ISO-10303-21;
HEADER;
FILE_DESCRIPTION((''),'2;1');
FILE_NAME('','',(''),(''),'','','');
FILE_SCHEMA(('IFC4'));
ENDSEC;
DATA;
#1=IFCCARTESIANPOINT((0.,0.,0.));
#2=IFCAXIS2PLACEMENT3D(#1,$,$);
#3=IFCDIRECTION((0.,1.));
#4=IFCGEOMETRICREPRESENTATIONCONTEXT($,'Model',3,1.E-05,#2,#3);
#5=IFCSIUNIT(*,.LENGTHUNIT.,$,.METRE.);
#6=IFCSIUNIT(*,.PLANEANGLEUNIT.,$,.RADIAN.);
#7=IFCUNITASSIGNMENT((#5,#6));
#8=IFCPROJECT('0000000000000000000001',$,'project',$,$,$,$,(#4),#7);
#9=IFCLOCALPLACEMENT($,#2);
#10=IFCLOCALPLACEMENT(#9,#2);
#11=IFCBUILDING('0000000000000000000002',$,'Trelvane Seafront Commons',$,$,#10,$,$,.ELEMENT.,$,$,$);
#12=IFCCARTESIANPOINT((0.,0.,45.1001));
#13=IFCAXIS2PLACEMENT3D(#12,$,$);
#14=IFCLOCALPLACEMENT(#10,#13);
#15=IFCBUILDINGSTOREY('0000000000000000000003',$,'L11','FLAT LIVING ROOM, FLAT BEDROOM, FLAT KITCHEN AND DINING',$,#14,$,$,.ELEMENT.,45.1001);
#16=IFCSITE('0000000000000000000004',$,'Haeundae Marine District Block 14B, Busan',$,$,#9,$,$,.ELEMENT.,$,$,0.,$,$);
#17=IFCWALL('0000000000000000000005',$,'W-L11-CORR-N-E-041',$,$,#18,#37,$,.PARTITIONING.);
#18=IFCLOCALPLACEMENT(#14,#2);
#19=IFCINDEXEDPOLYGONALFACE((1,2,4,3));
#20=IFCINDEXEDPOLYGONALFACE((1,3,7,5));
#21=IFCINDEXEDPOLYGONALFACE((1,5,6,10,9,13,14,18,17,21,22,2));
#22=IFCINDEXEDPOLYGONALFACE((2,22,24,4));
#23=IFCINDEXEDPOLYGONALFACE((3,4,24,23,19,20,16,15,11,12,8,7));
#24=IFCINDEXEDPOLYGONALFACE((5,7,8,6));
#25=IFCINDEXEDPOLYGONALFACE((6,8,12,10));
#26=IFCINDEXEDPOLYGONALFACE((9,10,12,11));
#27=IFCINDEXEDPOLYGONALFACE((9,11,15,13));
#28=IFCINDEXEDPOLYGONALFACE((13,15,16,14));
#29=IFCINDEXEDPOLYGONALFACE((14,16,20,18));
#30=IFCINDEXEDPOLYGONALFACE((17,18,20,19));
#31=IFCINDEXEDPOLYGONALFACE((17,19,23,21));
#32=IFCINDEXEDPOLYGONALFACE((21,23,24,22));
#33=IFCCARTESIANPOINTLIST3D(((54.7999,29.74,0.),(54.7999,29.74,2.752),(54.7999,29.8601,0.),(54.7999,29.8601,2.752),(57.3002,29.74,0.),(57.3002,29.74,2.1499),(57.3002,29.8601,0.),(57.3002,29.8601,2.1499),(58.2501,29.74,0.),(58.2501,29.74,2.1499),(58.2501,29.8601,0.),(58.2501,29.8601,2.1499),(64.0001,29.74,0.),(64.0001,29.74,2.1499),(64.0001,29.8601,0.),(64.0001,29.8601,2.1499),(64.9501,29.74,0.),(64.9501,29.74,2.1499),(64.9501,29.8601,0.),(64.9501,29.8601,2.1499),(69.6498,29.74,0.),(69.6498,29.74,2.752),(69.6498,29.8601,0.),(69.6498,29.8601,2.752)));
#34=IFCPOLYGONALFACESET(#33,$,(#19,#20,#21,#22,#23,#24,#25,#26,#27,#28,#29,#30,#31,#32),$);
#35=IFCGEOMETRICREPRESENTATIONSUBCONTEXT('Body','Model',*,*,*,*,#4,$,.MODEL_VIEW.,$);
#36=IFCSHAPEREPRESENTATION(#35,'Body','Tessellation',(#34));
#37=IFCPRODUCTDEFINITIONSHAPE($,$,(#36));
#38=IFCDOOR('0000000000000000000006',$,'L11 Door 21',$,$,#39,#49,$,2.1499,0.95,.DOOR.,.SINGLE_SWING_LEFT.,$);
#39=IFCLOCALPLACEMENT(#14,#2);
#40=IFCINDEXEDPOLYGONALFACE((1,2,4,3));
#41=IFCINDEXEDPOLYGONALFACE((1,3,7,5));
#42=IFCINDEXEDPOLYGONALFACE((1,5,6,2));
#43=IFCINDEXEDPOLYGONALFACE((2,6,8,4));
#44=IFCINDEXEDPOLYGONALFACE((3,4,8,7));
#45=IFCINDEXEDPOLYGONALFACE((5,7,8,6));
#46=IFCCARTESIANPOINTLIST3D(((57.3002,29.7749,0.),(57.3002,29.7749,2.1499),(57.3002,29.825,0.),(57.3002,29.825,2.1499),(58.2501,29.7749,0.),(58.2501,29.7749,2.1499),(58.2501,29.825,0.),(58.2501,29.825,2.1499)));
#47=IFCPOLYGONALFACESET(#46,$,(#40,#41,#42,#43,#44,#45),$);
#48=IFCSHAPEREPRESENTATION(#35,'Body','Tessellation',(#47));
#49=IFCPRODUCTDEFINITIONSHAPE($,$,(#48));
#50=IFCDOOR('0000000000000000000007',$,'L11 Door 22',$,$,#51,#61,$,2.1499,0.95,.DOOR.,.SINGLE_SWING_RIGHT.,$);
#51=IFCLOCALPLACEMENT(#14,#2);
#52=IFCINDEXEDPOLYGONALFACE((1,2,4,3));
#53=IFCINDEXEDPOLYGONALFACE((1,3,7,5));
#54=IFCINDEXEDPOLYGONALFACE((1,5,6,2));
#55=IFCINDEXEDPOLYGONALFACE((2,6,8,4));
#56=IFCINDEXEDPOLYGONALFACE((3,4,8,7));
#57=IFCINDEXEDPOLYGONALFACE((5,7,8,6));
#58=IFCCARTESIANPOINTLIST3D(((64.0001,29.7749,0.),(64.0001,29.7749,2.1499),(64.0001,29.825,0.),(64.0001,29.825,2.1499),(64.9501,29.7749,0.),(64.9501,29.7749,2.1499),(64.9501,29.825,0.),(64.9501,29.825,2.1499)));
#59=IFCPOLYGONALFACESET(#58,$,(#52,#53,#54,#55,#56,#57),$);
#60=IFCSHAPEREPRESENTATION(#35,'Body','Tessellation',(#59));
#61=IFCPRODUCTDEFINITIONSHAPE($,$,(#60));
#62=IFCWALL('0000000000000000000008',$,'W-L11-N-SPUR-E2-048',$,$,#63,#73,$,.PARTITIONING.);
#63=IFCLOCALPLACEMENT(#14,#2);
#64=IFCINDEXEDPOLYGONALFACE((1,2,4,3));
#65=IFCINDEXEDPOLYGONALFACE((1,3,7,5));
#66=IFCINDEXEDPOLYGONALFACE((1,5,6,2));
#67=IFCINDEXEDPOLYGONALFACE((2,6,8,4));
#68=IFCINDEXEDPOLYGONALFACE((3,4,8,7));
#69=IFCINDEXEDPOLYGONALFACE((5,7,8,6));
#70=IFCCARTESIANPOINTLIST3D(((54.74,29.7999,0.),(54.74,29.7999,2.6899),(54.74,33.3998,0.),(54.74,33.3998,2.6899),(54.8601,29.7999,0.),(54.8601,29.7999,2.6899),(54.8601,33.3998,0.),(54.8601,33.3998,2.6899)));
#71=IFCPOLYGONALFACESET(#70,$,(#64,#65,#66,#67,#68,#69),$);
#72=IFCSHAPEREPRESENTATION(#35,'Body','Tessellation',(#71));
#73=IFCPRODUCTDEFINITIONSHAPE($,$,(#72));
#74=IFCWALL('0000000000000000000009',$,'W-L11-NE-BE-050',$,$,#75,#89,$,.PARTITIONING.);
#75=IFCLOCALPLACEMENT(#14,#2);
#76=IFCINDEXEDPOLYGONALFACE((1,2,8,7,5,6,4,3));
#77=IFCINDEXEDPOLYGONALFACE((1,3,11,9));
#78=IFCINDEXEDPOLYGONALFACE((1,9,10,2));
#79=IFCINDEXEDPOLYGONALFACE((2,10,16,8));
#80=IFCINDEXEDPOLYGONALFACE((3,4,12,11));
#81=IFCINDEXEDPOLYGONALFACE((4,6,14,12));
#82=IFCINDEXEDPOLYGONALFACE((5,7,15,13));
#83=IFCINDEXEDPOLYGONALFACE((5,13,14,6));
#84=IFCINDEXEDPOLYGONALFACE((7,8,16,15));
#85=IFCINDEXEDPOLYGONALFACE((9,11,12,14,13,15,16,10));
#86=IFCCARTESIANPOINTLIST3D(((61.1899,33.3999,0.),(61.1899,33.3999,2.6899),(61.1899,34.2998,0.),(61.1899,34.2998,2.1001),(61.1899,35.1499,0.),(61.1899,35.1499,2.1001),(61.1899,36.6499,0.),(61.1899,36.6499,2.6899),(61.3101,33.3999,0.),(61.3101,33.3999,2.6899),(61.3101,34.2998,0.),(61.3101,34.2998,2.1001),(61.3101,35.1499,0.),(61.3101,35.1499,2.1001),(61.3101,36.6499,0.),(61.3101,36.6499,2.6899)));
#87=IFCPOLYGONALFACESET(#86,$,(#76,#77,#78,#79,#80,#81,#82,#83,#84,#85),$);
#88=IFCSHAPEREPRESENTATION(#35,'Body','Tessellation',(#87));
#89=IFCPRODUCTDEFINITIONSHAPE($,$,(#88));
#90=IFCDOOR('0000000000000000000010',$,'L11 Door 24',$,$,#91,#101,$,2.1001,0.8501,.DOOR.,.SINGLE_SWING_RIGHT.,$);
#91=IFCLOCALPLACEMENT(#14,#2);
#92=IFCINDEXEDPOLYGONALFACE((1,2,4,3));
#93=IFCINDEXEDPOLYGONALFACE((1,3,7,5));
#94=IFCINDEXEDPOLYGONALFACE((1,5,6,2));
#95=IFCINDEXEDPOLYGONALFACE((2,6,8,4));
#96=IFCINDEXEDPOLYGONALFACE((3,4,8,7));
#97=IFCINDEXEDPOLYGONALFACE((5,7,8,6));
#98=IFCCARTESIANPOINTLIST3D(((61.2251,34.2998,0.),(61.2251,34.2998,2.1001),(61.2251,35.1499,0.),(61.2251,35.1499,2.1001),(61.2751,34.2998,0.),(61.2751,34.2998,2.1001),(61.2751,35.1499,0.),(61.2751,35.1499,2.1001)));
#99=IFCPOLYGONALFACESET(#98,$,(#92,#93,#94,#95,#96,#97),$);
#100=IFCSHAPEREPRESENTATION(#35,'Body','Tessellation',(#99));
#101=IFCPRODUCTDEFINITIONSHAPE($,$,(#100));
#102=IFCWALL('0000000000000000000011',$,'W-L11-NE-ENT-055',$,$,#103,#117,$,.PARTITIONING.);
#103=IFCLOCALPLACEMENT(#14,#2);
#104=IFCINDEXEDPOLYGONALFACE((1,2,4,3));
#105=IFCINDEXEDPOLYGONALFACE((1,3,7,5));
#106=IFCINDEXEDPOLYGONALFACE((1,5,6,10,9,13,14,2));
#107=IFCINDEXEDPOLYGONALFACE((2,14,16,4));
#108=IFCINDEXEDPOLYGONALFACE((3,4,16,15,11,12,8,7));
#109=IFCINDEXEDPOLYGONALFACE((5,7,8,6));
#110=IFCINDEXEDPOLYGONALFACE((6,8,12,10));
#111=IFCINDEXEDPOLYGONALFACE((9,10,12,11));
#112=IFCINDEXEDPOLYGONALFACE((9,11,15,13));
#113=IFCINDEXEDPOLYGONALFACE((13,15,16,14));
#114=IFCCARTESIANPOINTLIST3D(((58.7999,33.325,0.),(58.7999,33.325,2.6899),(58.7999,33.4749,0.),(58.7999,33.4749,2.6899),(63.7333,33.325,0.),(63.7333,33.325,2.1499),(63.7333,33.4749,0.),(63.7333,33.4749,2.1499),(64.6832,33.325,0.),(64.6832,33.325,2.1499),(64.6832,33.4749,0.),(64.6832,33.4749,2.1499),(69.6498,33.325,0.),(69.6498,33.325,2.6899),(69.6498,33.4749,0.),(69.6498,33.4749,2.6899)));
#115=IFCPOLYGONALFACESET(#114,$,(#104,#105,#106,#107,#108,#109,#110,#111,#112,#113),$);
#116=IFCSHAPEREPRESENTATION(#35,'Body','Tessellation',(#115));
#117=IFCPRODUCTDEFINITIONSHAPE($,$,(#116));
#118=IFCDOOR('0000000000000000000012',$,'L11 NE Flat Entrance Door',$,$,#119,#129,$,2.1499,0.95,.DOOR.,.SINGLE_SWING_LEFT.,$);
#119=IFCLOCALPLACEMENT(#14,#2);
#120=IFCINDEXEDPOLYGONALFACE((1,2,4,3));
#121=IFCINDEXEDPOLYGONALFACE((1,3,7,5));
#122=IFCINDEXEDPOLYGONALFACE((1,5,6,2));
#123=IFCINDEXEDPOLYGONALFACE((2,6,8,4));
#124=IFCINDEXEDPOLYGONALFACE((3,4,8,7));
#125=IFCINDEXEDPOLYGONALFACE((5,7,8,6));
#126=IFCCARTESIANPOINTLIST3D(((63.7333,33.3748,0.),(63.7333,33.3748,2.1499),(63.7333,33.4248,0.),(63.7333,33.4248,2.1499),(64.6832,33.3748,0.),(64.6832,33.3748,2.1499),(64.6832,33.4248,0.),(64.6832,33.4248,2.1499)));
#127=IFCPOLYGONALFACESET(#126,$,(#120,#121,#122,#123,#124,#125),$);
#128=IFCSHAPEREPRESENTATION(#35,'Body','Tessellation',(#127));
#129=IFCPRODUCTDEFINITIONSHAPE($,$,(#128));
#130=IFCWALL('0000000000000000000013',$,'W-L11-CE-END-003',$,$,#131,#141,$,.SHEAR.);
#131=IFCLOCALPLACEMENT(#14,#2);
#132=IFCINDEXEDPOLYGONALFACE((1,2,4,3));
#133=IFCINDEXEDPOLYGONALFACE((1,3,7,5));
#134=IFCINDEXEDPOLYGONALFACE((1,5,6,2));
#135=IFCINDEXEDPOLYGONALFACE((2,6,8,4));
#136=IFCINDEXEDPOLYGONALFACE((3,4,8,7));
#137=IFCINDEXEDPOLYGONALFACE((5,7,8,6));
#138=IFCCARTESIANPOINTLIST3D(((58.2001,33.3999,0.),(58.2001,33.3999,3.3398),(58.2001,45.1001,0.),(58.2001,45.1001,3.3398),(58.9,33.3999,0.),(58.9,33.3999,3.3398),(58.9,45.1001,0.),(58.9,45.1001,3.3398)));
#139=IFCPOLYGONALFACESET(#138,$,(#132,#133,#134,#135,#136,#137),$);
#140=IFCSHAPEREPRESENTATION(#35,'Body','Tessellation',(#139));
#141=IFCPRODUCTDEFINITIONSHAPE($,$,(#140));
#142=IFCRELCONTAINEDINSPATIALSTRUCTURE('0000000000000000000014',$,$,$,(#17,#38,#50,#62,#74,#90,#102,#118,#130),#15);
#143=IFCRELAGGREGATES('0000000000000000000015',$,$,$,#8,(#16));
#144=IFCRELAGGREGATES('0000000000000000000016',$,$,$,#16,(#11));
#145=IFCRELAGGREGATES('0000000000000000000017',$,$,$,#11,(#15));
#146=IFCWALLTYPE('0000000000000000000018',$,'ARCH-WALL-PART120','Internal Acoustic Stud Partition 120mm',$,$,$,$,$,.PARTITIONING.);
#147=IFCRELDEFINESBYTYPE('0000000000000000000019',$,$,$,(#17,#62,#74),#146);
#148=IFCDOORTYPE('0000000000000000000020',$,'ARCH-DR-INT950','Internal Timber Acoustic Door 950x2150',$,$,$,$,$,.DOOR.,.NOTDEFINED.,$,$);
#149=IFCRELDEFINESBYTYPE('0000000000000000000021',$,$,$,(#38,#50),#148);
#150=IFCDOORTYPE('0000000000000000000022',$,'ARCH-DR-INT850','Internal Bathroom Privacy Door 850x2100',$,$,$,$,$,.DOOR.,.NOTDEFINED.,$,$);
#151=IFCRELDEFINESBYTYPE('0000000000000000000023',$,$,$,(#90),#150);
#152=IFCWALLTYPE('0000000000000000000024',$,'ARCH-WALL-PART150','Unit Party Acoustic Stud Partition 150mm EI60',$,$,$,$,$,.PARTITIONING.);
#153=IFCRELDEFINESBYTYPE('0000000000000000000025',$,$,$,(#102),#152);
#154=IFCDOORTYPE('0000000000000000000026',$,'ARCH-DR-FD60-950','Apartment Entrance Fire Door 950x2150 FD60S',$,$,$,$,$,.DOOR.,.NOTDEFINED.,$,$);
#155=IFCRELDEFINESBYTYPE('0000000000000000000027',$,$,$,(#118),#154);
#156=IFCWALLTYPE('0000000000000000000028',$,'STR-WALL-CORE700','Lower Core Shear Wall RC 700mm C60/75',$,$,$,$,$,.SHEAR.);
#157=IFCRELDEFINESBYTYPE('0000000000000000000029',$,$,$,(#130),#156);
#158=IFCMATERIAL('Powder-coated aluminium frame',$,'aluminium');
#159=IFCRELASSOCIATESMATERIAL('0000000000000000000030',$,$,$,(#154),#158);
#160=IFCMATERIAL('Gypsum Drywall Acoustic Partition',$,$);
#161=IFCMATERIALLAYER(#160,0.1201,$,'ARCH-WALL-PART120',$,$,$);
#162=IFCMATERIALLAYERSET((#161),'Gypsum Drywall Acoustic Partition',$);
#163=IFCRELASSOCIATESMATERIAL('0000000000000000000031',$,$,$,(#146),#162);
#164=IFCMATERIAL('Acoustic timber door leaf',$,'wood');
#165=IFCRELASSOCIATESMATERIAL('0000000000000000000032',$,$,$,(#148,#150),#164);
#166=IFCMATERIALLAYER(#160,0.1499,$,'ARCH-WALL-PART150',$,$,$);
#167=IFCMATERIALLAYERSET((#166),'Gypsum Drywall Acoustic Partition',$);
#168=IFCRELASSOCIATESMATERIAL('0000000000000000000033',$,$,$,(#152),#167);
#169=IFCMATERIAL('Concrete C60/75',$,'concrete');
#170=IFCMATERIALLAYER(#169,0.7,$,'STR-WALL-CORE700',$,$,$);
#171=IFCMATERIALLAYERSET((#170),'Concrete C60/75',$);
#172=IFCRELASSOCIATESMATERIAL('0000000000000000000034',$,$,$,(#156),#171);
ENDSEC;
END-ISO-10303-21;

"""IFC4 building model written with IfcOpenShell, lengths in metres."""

from ifc_helpers import new_model, si_unit, direction, frame, frame_2d, origin, place, context, subcontext, project, spatial, rectangle, extrude, source, transform, mapped, material, layer, layer_set, type_object, element, fill, save


model = new_model("IFC4")

# Units and contexts
model_context = context("Model", 3, precision=1e-05, world=origin(), true_north=direction((0.0, 1.0)))
body_context = subcontext(model_context, "Body", "Model", "MODEL_VIEW")
ifc_project = project(units=[si_unit("LENGTHUNIT", "METRE"), si_unit("PLANEANGLEUNIT", "RADIAN")], contexts=[model_context])

# Site, building, storey
site_placement = place(None, origin())
site = spatial("IfcSite", under=ifc_project, at=site_placement, Name="Haeundae Marine District Block 14B, Busan", CompositionType="ELEMENT", RefElevation=0.0)
building_placement = place(site_placement, origin())
building = spatial("IfcBuilding", under=site, at=building_placement, Name="Trelvane Seafront Commons", CompositionType="ELEMENT")
storey_placement = place(building_placement, frame((0.0, 0.0, 45.1001)))
storey = spatial("IfcBuildingStorey", under=building, at=storey_placement, Name="L11", Description="FLAT LIVING ROOM, FLAT BEDROOM, FLAT KITCHEN AND DINING", CompositionType="ELEMENT", Elevation=45.1001)

# Shared definitions
ifc_material_1 = material(Name="Concrete C60/75", Category="concrete")

# Shared definitions
ifc_material_2 = material(Name="Powder-coated aluminium frame", Category="aluminium")
door_type_1 = type_object("IfcDoorType", Name="ARCH-DR-FD60-950", Description="Apartment Entrance Fire Door 950x2150 FD60S", OperationType="NOTDEFINED", PredefinedType="DOOR", material=ifc_material_2)
shared_shape_1 = source(origin(), body_context, "Body", "SweptSolid", [
    extrude(rectangle(XDim=0.95, YDim=2.1499, at=frame_2d((0.4751, 1.075))), frame((0.0, 0.0249, 0.0), z_axis=(0.0, -1.0, 0.0), x_axis=(1.0, 0.0, 0.0)), (0.0, 0.0, 1.0), 0.05),
])

# Wall, openings, doors
ifc_material_3 = material(Name="Gypsum Drywall Acoustic Partition")
ifc_layer_1 = layer(ifc_material_3, 0.1201, Name="ARCH-WALL-PART120")
ifc_layer_set_1 = layer_set([ifc_layer_1], Name="Gypsum Drywall Acoustic Partition")
wall_type_1 = type_object("IfcWallType", Name="ARCH-WALL-PART120", Description="Internal Acoustic Stud Partition 120mm", PredefinedType="PARTITIONING", material=ifc_layer_set_1)
wall_1_placement = place(storey_placement, frame((54.8, 29.8, 0.0), z_axis=(0.0, 0.0, 1.0), x_axis=(1.0, 0.0, 0.0)))
wall_1 = element("IfcWall", 1, at=wall_1_placement, inside=storey, type_object=wall_type_1, Name="W-L11-CORR-N-E-041", PredefinedType="PARTITIONING", context=body_context, shape_type="SweptSolid", body=[
    extrude(rectangle(XDim=14.8499, YDim=0.1201, at=frame_2d((7.4248, 0.0))), origin(), (0.0, 0.0, 1.0), 2.752),
])
opening_1_placement = place(wall_1_placement, frame((2.5, 0.0, 0.0)))
opening_1 = element("IfcOpeningElement", 2, at=opening_1_placement, cuts=wall_1, PredefinedType="OPENING", context=body_context, shape_type="SweptSolid", body=[
    extrude(rectangle(XDim=0.95, YDim=2.1499, at=frame_2d((0.4751, 1.075))), frame((0.0, 0.0701, 0.0), z_axis=(0.0, -1.0, 0.0), x_axis=(1.0, 0.0, 0.0)), (0.0, 0.0, 1.0), 0.1401),
])
opening_2_placement = place(wall_1_placement, frame((9.2, 0.0, 0.0)))
opening_2 = element("IfcOpeningElement", 3, at=opening_2_placement, cuts=wall_1, PredefinedType="OPENING", context=body_context, shape_type="SweptSolid", body=[
    extrude(rectangle(XDim=0.95, YDim=2.1499, at=frame_2d((0.4751, 1.075))), frame((0.0, 0.0701, 0.0), z_axis=(0.0, -1.0, 0.0), x_axis=(1.0, 0.0, 0.0)), (0.0, 0.0, 1.0), 0.1401),
])
ifc_material_4 = material(Name="Acoustic timber door leaf", Category="wood")
door_type_2 = type_object("IfcDoorType", Name="ARCH-DR-INT950", Description="Internal Timber Acoustic Door 950x2150", OperationType="NOTDEFINED", PredefinedType="DOOR", material=ifc_material_4)
door_1_placement = place(opening_1_placement, origin())
door_1 = element("IfcDoor", 4, at=door_1_placement, inside=storey, type_object=door_type_2, Name="L11 Door 21", OperationType="SINGLE_SWING_LEFT", OverallHeight=2.1499, OverallWidth=0.95, PredefinedType="DOOR", context=body_context, shape_type="MappedRepresentation", body=[
    mapped(shared_shape_1, transform((0.0, 0.0, 0.0), x_axis=(1.0, 0.0, 0.0), y_axis=(0.0, 1.0, 0.0), z_axis=(0.0, 0.0, 1.0), scale=1.0)),
])
fill(opening_1, door_1)
door_2_placement = place(opening_2_placement, origin())
door_2 = element("IfcDoor", 5, at=door_2_placement, inside=storey, type_object=door_type_2, Name="L11 Door 22", OperationType="SINGLE_SWING_RIGHT", OverallHeight=2.1499, OverallWidth=0.95, PredefinedType="DOOR", context=body_context, shape_type="MappedRepresentation", body=[
    mapped(shared_shape_1, transform((0.0, 0.0, 0.0), x_axis=(1.0, 0.0, 0.0), y_axis=(0.0, 1.0, 0.0), z_axis=(0.0, 0.0, 1.0), scale=1.0)),
])
fill(opening_2, door_2)

# Wall
wall_2_placement = place(storey_placement, frame((54.8, 29.8, 0.0), z_axis=(0.0, 0.0, 1.0), x_axis=(0.0, 1.0, 0.0)))
element("IfcWall", 6, at=wall_2_placement, inside=storey, type_object=wall_type_1, Name="W-L11-N-SPUR-E2-048", PredefinedType="PARTITIONING", context=body_context, shape_type="SweptSolid", body=[
    extrude(rectangle(XDim=3.5999, YDim=0.1201, at=frame_2d((1.7998, 0.0))), origin(), (0.0, 0.0, 1.0), 2.6899),
])

# Walls, openings, doors
wall_3_placement = place(storey_placement, frame((61.25, 33.3999, 0.0), z_axis=(0.0, 0.0, 1.0), x_axis=(0.0, 1.0, 0.0)))
wall_3 = element("IfcWall", 7, at=wall_3_placement, inside=storey, type_object=wall_type_1, Name="W-L11-NE-BE-050", PredefinedType="PARTITIONING", context=body_context, shape_type="SweptSolid", body=[
    extrude(rectangle(XDim=3.25, YDim=0.1201, at=frame_2d((1.625, 0.0))), origin(), (0.0, 0.0, 1.0), 2.6899),
])
opening_3_placement = place(wall_3_placement, frame((0.8999, 0.0, 0.0)))
opening_3 = element("IfcOpeningElement", 8, at=opening_3_placement, cuts=wall_3, PredefinedType="OPENING", context=body_context, shape_type="SweptSolid", body=[
    extrude(rectangle(XDim=0.8501, YDim=2.1001, at=frame_2d((0.425, 1.05))), frame((0.0, 0.0701, 0.0), z_axis=(0.0, -1.0, 0.0), x_axis=(1.0, 0.0, 0.0)), (0.0, 0.0, 1.0), 0.1401),
])
door_type_3 = type_object("IfcDoorType", Name="ARCH-DR-INT850", Description="Internal Bathroom Privacy Door 850x2100", OperationType="NOTDEFINED", PredefinedType="DOOR", material=ifc_material_4)
shared_shape_2 = source(origin(), body_context, "Body", "SweptSolid", [
    extrude(rectangle(XDim=0.8501, YDim=2.1001, at=frame_2d((0.425, 1.05))), frame((0.0, 0.0249, 0.0), z_axis=(0.0, -1.0, 0.0), x_axis=(1.0, 0.0, 0.0)), (0.0, 0.0, 1.0), 0.05),
])
door_3_placement = place(opening_3_placement, origin())
door_3 = element("IfcDoor", 9, at=door_3_placement, inside=storey, type_object=door_type_3, Name="L11 Door 24", OperationType="SINGLE_SWING_RIGHT", OverallHeight=2.1001, OverallWidth=0.8501, PredefinedType="DOOR", context=body_context, shape_type="MappedRepresentation", body=[
    mapped(shared_shape_2, transform((0.0, 0.0, 0.0), x_axis=(1.0, 0.0, 0.0), y_axis=(0.0, 1.0, 0.0), z_axis=(0.0, 0.0, 1.0), scale=1.0)),
])
fill(opening_3, door_3)
ifc_layer_2 = layer(ifc_material_3, 0.1499, Name="ARCH-WALL-PART150")
ifc_layer_set_2 = layer_set([ifc_layer_2], Name="Gypsum Drywall Acoustic Partition")
wall_type_2 = type_object("IfcWallType", Name="ARCH-WALL-PART150", Description="Unit Party Acoustic Stud Partition 150mm EI60", PredefinedType="PARTITIONING", material=ifc_layer_set_2)
wall_4_placement = place(storey_placement, frame((58.8, 33.3999, 0.0), z_axis=(0.0, 0.0, 1.0), x_axis=(1.0, 0.0, 0.0)))
wall_4 = element("IfcWall", 10, at=wall_4_placement, inside=storey, type_object=wall_type_2, Name="W-L11-NE-ENT-055", PredefinedType="PARTITIONING", context=body_context, shape_type="SweptSolid", body=[
    extrude(rectangle(XDim=10.8499, YDim=0.1499, at=frame_2d((5.4248, 0.0))), origin(), (0.0, 0.0, 1.0), 2.6899),
])
opening_4_placement = place(wall_4_placement, frame((4.9331, 0.0, 0.0)))
opening_4 = element("IfcOpeningElement", 11, at=opening_4_placement, cuts=wall_4, PredefinedType="OPENING", context=body_context, shape_type="SweptSolid", body=[
    extrude(rectangle(XDim=0.95, YDim=2.1499, at=frame_2d((0.4751, 1.075))), frame((0.0, 0.085, 0.0), z_axis=(0.0, -1.0, 0.0), x_axis=(1.0, 0.0, 0.0)), (0.0, 0.0, 1.0), 0.1699),
])
door_4_placement = place(opening_4_placement, origin())
door_4 = element("IfcDoor", 12, at=door_4_placement, inside=storey, type_object=door_type_1, Name="L11 NE Flat Entrance Door", OperationType="SINGLE_SWING_LEFT", OverallHeight=2.1499, OverallWidth=0.95, PredefinedType="DOOR", context=body_context, shape_type="MappedRepresentation", body=[
    mapped(shared_shape_1, transform((0.0, 0.0, 0.0), x_axis=(1.0, 0.0, 0.0), y_axis=(0.0, 1.0, 0.0), z_axis=(0.0, 0.0, 1.0), scale=1.0)),
])
fill(opening_4, door_4)

# Wall
ifc_layer_3 = layer(ifc_material_1, 0.7, Name="STR-WALL-CORE700")
ifc_layer_set_3 = layer_set([ifc_layer_3], Name="Concrete C60/75")
wall_type_3 = type_object("IfcWallType", Name="STR-WALL-CORE700", Description="Lower Core Shear Wall RC 700mm C60/75", PredefinedType="SHEAR", material=ifc_layer_set_3)
wall_5_placement = place(storey_placement, frame((58.55, 33.3999, 0.0), z_axis=(0.0, 0.0, 1.0), x_axis=(0.0, 1.0, 0.0)))
element("IfcWall", 13, at=wall_5_placement, inside=storey, type_object=wall_type_3, Name="W-L11-CE-END-003", PredefinedType="SHEAR", context=body_context, shape_type="SweptSolid", body=[
    extrude(rectangle(XDim=11.7002, YDim=0.7, at=frame_2d((5.8501, 0.0))), origin(), (0.0, 0.0, 1.0), 3.3398),
])

save(model, "model.ifc")
